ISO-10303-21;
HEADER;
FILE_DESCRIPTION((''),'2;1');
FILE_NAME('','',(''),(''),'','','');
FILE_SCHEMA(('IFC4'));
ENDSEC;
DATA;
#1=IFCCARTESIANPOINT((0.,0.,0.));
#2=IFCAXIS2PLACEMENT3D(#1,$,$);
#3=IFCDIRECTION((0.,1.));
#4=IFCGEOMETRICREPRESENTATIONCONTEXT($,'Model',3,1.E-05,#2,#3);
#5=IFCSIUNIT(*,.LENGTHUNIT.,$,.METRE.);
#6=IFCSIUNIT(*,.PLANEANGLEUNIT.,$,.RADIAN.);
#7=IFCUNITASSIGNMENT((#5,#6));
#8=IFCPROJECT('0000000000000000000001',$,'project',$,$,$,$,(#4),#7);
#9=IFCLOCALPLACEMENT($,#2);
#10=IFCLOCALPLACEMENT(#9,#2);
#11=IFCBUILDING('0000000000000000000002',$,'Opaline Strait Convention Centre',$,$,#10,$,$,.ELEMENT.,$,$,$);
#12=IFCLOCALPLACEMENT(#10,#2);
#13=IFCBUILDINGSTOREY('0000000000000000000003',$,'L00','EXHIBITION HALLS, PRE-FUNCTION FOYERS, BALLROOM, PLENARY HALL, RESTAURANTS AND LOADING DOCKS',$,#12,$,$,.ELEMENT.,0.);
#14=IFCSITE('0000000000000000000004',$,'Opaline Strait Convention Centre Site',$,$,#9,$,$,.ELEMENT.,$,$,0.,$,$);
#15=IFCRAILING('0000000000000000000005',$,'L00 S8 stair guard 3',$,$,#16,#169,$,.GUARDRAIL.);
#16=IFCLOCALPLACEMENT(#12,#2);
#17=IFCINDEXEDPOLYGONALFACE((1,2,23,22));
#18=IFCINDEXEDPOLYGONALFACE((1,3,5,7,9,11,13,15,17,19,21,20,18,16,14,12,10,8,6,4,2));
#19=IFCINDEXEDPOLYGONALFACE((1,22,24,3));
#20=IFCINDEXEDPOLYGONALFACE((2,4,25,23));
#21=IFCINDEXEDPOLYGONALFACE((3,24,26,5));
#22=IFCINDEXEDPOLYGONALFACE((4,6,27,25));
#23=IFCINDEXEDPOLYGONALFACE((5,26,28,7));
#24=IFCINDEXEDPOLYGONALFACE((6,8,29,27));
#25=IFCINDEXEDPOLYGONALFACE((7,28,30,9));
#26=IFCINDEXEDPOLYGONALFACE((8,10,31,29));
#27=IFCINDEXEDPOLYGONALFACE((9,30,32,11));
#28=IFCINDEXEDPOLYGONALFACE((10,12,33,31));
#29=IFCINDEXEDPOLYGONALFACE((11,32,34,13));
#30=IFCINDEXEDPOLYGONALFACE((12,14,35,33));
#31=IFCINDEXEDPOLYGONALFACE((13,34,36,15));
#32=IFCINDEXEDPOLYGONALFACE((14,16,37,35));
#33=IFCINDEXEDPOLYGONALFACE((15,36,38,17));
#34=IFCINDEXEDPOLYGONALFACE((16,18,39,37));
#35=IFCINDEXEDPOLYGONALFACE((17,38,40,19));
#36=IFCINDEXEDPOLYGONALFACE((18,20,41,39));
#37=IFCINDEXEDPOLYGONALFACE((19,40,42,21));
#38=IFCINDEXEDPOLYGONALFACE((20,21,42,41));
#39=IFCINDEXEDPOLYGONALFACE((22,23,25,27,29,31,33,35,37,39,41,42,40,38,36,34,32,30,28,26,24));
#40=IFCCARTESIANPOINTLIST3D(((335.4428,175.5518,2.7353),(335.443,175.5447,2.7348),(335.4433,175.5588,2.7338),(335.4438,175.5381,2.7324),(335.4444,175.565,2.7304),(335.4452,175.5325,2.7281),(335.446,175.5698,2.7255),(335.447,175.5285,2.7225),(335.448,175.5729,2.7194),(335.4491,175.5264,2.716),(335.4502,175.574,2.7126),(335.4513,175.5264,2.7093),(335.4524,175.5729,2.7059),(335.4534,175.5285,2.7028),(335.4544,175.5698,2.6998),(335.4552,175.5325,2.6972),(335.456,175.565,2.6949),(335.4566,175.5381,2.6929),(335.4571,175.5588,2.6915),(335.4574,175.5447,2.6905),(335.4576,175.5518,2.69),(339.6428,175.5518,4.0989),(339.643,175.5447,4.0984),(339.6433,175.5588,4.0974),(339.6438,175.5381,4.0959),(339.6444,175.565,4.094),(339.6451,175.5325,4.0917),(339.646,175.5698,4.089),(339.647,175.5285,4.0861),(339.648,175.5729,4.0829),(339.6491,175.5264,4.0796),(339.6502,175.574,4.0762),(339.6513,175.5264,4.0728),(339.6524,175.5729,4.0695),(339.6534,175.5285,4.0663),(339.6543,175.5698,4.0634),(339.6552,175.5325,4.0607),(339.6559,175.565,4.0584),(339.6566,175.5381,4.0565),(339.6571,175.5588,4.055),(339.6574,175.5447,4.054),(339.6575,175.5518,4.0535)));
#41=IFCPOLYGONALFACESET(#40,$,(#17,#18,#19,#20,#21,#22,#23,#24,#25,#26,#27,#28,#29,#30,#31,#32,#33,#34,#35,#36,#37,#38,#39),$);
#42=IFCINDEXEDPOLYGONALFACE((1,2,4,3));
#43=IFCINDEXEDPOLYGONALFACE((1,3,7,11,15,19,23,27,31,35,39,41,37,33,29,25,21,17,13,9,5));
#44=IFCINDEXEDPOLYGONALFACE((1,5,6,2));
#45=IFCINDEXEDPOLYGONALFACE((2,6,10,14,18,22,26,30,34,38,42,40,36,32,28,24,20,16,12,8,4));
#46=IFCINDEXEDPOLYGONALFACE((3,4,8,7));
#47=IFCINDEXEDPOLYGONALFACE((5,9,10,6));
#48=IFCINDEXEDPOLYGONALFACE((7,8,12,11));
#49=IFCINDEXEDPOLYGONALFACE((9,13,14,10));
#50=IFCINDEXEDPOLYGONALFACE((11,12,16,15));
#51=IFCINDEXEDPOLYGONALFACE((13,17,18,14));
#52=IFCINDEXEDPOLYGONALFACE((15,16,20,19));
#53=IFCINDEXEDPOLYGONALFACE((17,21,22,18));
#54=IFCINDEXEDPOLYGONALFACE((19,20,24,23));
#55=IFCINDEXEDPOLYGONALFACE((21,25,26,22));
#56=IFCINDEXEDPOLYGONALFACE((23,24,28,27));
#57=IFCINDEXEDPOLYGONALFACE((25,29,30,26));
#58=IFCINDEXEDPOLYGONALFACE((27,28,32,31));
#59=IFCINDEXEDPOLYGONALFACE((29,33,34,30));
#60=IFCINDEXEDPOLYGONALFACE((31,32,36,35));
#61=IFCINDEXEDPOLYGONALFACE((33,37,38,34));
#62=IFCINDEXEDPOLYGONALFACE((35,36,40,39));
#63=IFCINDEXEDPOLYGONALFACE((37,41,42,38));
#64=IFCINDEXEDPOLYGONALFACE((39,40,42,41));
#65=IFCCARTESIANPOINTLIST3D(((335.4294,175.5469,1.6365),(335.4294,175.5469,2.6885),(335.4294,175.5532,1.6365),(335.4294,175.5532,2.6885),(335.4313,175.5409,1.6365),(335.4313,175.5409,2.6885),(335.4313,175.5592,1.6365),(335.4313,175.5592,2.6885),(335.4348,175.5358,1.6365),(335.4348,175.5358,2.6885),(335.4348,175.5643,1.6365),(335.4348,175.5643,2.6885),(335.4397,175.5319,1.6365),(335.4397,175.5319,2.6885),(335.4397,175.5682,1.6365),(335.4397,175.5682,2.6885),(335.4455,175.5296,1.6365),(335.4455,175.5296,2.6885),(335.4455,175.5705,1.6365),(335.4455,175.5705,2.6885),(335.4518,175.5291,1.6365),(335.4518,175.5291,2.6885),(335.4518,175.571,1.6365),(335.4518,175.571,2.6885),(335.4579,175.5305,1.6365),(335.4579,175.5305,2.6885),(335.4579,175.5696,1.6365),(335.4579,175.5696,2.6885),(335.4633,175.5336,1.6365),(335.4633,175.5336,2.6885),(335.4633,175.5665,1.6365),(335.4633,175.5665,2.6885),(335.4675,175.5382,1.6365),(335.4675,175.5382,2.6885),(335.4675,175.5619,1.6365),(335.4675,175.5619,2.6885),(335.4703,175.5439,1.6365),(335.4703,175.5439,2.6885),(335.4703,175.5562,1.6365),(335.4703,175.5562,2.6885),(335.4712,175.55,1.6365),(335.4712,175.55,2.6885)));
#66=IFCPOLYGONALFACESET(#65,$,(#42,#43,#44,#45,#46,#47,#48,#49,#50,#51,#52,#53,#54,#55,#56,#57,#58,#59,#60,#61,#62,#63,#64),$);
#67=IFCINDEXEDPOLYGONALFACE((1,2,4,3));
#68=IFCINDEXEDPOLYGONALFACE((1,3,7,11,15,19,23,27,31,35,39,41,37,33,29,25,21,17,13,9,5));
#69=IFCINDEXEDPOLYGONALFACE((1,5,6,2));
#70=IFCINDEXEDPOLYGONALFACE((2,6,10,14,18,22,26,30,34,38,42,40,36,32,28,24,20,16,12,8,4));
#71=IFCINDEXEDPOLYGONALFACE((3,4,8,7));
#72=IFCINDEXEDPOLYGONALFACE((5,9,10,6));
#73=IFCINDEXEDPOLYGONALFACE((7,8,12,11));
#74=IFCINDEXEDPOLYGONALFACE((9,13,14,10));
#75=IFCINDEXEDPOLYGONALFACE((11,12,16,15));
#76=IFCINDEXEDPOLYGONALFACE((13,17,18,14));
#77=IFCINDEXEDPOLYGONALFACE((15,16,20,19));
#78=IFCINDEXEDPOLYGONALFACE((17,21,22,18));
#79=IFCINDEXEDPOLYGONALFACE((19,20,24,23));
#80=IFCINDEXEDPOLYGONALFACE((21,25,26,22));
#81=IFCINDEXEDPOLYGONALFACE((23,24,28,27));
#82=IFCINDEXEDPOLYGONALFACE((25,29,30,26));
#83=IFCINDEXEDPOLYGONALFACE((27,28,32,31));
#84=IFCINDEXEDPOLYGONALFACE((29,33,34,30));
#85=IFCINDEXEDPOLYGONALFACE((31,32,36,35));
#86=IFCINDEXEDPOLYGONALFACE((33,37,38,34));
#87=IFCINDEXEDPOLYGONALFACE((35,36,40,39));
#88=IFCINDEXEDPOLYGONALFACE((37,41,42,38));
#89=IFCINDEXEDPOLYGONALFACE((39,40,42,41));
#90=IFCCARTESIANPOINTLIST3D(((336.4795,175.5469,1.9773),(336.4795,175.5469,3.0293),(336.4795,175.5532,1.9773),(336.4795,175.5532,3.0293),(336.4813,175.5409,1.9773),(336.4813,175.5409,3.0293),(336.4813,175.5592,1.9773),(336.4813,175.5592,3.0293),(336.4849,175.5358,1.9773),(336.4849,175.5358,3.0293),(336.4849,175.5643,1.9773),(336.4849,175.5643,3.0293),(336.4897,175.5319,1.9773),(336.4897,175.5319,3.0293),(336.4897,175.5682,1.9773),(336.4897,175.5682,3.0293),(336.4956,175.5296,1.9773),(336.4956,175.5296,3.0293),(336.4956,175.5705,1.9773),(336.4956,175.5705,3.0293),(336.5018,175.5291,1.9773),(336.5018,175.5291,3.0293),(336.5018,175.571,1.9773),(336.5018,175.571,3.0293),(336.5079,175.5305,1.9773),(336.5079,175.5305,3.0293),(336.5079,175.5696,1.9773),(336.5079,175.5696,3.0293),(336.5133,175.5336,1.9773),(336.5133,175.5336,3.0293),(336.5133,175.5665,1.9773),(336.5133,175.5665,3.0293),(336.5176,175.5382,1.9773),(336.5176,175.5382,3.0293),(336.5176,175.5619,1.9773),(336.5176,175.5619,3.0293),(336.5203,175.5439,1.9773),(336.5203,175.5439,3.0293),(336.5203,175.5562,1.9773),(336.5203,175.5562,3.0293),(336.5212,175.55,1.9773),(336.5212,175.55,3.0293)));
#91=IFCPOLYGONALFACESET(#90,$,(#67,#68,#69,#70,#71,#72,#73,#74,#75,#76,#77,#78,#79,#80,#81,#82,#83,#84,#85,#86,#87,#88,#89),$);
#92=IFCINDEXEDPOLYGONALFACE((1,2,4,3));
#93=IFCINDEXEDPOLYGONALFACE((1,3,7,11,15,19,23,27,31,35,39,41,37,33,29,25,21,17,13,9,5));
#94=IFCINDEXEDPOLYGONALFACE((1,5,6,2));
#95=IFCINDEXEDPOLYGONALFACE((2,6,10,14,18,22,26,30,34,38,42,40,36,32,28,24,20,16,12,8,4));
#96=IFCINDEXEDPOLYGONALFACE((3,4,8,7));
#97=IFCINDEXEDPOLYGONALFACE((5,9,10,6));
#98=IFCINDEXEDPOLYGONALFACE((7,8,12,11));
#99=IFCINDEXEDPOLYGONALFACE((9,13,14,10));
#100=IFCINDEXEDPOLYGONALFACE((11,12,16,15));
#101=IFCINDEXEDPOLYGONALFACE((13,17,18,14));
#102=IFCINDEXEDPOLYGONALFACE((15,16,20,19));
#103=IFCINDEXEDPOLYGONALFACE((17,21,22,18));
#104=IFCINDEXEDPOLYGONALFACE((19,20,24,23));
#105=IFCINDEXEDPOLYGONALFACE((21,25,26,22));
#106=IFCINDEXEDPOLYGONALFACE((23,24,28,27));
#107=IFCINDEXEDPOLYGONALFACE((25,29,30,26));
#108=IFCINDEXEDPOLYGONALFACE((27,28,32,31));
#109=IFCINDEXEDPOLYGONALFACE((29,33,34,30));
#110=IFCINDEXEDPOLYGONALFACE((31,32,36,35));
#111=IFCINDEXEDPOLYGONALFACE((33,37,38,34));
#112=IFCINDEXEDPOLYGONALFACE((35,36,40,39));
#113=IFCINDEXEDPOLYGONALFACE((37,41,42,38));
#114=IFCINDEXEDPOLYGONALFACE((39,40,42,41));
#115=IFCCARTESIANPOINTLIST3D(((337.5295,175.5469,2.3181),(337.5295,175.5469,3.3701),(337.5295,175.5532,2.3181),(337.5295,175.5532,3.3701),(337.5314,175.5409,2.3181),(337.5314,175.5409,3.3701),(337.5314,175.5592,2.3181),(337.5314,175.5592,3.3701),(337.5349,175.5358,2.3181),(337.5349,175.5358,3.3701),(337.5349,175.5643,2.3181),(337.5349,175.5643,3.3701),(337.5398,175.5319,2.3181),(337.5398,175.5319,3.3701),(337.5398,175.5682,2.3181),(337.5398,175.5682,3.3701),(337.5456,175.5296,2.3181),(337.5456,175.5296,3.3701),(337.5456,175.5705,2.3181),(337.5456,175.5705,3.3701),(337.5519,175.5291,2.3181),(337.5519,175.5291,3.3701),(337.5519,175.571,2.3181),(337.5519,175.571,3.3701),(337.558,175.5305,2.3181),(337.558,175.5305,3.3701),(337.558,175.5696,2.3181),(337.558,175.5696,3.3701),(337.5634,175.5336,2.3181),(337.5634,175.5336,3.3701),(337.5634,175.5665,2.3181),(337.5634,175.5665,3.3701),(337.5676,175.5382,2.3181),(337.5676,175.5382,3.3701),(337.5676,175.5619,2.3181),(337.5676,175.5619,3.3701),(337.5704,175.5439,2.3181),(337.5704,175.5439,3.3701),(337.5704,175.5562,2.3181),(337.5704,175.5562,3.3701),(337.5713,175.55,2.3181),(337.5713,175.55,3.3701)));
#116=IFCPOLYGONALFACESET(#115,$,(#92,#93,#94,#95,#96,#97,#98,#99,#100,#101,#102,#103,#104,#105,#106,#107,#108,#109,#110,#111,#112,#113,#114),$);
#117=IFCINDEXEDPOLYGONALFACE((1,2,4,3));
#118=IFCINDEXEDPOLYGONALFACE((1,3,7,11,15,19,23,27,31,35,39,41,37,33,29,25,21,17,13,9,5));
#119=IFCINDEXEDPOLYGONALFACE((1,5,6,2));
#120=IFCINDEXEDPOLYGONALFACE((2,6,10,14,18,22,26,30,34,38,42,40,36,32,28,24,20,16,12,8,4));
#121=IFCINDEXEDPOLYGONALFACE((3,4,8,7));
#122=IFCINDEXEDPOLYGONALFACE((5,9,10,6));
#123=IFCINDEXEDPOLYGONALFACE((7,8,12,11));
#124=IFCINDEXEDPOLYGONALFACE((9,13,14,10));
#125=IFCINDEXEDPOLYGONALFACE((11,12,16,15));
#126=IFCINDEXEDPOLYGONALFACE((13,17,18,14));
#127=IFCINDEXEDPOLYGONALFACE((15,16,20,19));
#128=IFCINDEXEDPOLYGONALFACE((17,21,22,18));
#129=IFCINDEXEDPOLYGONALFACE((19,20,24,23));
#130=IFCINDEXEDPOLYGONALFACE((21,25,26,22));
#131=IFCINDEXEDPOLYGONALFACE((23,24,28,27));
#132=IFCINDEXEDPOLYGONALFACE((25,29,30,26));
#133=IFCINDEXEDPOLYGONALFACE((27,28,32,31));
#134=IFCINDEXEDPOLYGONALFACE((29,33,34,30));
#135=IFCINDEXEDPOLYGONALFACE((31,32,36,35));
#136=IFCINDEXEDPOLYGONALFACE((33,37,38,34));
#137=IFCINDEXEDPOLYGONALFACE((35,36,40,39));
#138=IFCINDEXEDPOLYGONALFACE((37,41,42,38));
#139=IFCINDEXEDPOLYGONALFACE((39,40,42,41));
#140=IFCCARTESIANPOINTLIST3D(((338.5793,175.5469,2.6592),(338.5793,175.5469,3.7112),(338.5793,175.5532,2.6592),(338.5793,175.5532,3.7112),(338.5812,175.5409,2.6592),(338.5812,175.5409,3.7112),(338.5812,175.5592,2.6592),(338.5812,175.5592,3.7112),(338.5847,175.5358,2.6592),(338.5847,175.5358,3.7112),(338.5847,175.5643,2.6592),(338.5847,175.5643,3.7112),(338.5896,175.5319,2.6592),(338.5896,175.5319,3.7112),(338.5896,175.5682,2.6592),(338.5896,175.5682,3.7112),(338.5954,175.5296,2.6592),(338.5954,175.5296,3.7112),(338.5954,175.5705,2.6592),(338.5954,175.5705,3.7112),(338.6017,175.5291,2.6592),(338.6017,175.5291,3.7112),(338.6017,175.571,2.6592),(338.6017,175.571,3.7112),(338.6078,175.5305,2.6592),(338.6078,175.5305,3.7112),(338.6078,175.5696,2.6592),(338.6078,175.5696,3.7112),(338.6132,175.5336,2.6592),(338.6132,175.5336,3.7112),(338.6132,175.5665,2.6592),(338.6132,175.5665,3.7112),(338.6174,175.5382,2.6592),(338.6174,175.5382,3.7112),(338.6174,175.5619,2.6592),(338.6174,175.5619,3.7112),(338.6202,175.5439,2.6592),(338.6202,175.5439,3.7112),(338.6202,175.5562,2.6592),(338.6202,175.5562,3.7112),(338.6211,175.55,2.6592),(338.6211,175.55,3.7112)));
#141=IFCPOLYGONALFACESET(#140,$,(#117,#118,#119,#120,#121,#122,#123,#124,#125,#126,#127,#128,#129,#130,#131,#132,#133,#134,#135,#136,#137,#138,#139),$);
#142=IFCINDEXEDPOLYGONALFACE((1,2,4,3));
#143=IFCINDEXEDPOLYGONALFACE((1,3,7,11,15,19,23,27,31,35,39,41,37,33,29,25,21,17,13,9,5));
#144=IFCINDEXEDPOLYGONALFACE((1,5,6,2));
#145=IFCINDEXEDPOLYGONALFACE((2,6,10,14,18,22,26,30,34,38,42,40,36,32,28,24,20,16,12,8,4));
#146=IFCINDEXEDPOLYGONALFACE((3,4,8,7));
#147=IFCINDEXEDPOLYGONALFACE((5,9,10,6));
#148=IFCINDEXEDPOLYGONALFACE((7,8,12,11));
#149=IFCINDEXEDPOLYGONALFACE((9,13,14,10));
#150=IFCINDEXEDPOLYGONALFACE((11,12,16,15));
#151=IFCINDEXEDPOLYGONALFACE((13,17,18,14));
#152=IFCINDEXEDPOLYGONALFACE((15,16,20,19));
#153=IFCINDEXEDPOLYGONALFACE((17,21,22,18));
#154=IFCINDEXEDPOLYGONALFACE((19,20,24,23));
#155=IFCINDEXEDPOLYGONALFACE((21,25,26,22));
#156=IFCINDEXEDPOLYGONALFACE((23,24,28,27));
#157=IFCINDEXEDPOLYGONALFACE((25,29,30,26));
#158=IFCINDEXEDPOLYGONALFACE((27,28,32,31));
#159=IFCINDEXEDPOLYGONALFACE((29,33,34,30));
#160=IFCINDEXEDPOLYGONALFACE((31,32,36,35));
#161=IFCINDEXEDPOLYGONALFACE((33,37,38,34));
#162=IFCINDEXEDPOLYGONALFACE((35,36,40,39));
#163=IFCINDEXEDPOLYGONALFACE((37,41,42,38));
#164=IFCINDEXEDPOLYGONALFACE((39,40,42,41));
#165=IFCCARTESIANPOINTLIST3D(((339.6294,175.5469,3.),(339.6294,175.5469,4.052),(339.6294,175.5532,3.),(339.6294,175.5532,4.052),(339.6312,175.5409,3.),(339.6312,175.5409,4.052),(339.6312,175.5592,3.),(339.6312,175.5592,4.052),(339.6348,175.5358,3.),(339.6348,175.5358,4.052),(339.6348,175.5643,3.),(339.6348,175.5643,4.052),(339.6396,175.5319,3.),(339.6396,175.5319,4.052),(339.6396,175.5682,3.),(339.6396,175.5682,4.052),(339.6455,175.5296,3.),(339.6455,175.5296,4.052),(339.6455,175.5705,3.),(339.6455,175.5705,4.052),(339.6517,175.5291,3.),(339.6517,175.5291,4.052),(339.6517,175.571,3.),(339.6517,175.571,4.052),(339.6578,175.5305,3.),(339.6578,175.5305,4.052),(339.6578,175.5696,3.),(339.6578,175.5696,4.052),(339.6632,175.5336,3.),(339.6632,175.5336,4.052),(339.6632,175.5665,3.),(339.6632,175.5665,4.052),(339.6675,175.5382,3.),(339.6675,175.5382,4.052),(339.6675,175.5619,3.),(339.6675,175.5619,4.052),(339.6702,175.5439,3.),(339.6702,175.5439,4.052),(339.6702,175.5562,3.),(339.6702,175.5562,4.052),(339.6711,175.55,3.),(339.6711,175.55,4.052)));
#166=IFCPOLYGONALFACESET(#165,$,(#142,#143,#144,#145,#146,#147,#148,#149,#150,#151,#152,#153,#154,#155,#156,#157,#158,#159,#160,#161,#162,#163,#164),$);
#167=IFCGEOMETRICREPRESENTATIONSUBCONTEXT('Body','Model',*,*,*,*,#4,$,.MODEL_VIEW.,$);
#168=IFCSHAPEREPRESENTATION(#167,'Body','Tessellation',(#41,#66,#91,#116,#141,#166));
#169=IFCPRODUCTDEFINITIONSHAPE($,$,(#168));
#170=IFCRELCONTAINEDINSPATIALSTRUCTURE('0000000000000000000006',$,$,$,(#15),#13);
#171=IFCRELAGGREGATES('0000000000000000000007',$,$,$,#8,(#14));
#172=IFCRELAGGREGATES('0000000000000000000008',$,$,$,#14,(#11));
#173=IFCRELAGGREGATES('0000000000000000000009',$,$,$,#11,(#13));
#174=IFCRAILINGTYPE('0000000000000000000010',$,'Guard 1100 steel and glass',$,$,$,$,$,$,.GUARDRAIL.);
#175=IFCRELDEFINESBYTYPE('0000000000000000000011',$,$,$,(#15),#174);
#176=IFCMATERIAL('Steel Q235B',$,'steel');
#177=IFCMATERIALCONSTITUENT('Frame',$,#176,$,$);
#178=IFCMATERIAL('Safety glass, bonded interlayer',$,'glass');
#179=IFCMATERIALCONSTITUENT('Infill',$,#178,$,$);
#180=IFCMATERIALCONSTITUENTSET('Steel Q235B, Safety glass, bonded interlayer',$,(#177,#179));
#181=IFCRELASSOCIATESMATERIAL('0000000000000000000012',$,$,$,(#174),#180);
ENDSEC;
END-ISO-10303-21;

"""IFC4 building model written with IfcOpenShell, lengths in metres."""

from ifc_helpers import new_model, si_unit, direction, frame, origin, origin_2d, place, context, subcontext, project, spatial, circle, extrude, material, constituent, constituent_set, type_object, element, save


model = new_model("IFC4")

# Units and contexts
model_context = context("Model", 3, precision=1e-05, world=origin(), true_north=direction((0.0, 1.0)))
body_context = subcontext(model_context, "Body", "Model", "MODEL_VIEW")
ifc_project = project(units=[si_unit("LENGTHUNIT", "METRE"), si_unit("PLANEANGLEUNIT", "RADIAN")], contexts=[model_context])

# Site, building, storey
site_placement = place(None, origin())
site = spatial("IfcSite", under=ifc_project, at=site_placement, Name="Opaline Strait Convention Centre Site", CompositionType="ELEMENT", RefElevation=0.0)
building_placement = place(site_placement, origin())
building = spatial("IfcBuilding", under=site, at=building_placement, Name="Opaline Strait Convention Centre", CompositionType="ELEMENT")
storey_placement = place(building_placement, origin())
storey = spatial("IfcBuildingStorey", under=building, at=storey_placement, Name="L00", Description="EXHIBITION HALLS, PRE-FUNCTION FOYERS, BALLROOM, PLENARY HALL, RESTAURANTS AND LOADING DOCKS", CompositionType="ELEMENT", Elevation=0.0)

# Shared definitions
ifc_material_1 = material(Name="Steel Q235B", Category="steel")

# Railing
ifc_constituent_1 = constituent(ifc_material_1, Name="Frame")
ifc_material_2 = material(Name="Safety glass, bonded interlayer", Category="glass")
ifc_constituent_2 = constituent(ifc_material_2, Name="Infill")
ifc_constituent_set = constituent_set(constituents=[ifc_constituent_1, ifc_constituent_2], Name="Steel Q235B, Safety glass, bonded interlayer")
railing_type_1 = type_object("IfcRailingType", Name="Guard 1100 steel and glass", PredefinedType="GUARDRAIL", material=ifc_constituent_set)
for number, where, name in (
    (1, (335.4502, 175.55, 1.6365), "L00 S8 stair guard 3"),
):
    element("IfcRailing", number, at=place(storey_placement, frame(where)), inside=storey, type_object=railing_type_1, Name=name, PredefinedType="GUARDRAIL", context=body_context, shape_type="SweptSolid", body=[
        extrude(circle(Radius=0.0239, at=origin_2d()), frame((0.0, 0.0, 1.0762), z_axis=(0.951131, 0.0, 0.308787), x_axis=(0.0, 1.0, 0.0)), (0.0, 0.0, 1.0), 4.4158),
        extrude(circle(Radius=0.021, at=origin_2d()), origin(), (0.0, 0.0, 1.0), 1.052),
        extrude(circle(Radius=0.021, at=origin_2d()), frame((1.05, 0.0, 0.3408)), (0.0, 0.0, 1.0), 1.052),
        extrude(circle(Radius=0.021, at=origin_2d()), frame((2.1001, 0.0, 0.6816)), (0.0, 0.0, 1.0), 1.052),
        extrude(circle(Radius=0.021, at=origin_2d()), frame((3.1499, 0.0, 1.0227)), (0.0, 0.0, 1.0), 1.052),
        extrude(circle(Radius=0.021, at=origin_2d()), frame((4.2, 0.0, 1.3635)), (0.0, 0.0, 1.0), 1.052),
    ])

save(model, "model.ifc")
